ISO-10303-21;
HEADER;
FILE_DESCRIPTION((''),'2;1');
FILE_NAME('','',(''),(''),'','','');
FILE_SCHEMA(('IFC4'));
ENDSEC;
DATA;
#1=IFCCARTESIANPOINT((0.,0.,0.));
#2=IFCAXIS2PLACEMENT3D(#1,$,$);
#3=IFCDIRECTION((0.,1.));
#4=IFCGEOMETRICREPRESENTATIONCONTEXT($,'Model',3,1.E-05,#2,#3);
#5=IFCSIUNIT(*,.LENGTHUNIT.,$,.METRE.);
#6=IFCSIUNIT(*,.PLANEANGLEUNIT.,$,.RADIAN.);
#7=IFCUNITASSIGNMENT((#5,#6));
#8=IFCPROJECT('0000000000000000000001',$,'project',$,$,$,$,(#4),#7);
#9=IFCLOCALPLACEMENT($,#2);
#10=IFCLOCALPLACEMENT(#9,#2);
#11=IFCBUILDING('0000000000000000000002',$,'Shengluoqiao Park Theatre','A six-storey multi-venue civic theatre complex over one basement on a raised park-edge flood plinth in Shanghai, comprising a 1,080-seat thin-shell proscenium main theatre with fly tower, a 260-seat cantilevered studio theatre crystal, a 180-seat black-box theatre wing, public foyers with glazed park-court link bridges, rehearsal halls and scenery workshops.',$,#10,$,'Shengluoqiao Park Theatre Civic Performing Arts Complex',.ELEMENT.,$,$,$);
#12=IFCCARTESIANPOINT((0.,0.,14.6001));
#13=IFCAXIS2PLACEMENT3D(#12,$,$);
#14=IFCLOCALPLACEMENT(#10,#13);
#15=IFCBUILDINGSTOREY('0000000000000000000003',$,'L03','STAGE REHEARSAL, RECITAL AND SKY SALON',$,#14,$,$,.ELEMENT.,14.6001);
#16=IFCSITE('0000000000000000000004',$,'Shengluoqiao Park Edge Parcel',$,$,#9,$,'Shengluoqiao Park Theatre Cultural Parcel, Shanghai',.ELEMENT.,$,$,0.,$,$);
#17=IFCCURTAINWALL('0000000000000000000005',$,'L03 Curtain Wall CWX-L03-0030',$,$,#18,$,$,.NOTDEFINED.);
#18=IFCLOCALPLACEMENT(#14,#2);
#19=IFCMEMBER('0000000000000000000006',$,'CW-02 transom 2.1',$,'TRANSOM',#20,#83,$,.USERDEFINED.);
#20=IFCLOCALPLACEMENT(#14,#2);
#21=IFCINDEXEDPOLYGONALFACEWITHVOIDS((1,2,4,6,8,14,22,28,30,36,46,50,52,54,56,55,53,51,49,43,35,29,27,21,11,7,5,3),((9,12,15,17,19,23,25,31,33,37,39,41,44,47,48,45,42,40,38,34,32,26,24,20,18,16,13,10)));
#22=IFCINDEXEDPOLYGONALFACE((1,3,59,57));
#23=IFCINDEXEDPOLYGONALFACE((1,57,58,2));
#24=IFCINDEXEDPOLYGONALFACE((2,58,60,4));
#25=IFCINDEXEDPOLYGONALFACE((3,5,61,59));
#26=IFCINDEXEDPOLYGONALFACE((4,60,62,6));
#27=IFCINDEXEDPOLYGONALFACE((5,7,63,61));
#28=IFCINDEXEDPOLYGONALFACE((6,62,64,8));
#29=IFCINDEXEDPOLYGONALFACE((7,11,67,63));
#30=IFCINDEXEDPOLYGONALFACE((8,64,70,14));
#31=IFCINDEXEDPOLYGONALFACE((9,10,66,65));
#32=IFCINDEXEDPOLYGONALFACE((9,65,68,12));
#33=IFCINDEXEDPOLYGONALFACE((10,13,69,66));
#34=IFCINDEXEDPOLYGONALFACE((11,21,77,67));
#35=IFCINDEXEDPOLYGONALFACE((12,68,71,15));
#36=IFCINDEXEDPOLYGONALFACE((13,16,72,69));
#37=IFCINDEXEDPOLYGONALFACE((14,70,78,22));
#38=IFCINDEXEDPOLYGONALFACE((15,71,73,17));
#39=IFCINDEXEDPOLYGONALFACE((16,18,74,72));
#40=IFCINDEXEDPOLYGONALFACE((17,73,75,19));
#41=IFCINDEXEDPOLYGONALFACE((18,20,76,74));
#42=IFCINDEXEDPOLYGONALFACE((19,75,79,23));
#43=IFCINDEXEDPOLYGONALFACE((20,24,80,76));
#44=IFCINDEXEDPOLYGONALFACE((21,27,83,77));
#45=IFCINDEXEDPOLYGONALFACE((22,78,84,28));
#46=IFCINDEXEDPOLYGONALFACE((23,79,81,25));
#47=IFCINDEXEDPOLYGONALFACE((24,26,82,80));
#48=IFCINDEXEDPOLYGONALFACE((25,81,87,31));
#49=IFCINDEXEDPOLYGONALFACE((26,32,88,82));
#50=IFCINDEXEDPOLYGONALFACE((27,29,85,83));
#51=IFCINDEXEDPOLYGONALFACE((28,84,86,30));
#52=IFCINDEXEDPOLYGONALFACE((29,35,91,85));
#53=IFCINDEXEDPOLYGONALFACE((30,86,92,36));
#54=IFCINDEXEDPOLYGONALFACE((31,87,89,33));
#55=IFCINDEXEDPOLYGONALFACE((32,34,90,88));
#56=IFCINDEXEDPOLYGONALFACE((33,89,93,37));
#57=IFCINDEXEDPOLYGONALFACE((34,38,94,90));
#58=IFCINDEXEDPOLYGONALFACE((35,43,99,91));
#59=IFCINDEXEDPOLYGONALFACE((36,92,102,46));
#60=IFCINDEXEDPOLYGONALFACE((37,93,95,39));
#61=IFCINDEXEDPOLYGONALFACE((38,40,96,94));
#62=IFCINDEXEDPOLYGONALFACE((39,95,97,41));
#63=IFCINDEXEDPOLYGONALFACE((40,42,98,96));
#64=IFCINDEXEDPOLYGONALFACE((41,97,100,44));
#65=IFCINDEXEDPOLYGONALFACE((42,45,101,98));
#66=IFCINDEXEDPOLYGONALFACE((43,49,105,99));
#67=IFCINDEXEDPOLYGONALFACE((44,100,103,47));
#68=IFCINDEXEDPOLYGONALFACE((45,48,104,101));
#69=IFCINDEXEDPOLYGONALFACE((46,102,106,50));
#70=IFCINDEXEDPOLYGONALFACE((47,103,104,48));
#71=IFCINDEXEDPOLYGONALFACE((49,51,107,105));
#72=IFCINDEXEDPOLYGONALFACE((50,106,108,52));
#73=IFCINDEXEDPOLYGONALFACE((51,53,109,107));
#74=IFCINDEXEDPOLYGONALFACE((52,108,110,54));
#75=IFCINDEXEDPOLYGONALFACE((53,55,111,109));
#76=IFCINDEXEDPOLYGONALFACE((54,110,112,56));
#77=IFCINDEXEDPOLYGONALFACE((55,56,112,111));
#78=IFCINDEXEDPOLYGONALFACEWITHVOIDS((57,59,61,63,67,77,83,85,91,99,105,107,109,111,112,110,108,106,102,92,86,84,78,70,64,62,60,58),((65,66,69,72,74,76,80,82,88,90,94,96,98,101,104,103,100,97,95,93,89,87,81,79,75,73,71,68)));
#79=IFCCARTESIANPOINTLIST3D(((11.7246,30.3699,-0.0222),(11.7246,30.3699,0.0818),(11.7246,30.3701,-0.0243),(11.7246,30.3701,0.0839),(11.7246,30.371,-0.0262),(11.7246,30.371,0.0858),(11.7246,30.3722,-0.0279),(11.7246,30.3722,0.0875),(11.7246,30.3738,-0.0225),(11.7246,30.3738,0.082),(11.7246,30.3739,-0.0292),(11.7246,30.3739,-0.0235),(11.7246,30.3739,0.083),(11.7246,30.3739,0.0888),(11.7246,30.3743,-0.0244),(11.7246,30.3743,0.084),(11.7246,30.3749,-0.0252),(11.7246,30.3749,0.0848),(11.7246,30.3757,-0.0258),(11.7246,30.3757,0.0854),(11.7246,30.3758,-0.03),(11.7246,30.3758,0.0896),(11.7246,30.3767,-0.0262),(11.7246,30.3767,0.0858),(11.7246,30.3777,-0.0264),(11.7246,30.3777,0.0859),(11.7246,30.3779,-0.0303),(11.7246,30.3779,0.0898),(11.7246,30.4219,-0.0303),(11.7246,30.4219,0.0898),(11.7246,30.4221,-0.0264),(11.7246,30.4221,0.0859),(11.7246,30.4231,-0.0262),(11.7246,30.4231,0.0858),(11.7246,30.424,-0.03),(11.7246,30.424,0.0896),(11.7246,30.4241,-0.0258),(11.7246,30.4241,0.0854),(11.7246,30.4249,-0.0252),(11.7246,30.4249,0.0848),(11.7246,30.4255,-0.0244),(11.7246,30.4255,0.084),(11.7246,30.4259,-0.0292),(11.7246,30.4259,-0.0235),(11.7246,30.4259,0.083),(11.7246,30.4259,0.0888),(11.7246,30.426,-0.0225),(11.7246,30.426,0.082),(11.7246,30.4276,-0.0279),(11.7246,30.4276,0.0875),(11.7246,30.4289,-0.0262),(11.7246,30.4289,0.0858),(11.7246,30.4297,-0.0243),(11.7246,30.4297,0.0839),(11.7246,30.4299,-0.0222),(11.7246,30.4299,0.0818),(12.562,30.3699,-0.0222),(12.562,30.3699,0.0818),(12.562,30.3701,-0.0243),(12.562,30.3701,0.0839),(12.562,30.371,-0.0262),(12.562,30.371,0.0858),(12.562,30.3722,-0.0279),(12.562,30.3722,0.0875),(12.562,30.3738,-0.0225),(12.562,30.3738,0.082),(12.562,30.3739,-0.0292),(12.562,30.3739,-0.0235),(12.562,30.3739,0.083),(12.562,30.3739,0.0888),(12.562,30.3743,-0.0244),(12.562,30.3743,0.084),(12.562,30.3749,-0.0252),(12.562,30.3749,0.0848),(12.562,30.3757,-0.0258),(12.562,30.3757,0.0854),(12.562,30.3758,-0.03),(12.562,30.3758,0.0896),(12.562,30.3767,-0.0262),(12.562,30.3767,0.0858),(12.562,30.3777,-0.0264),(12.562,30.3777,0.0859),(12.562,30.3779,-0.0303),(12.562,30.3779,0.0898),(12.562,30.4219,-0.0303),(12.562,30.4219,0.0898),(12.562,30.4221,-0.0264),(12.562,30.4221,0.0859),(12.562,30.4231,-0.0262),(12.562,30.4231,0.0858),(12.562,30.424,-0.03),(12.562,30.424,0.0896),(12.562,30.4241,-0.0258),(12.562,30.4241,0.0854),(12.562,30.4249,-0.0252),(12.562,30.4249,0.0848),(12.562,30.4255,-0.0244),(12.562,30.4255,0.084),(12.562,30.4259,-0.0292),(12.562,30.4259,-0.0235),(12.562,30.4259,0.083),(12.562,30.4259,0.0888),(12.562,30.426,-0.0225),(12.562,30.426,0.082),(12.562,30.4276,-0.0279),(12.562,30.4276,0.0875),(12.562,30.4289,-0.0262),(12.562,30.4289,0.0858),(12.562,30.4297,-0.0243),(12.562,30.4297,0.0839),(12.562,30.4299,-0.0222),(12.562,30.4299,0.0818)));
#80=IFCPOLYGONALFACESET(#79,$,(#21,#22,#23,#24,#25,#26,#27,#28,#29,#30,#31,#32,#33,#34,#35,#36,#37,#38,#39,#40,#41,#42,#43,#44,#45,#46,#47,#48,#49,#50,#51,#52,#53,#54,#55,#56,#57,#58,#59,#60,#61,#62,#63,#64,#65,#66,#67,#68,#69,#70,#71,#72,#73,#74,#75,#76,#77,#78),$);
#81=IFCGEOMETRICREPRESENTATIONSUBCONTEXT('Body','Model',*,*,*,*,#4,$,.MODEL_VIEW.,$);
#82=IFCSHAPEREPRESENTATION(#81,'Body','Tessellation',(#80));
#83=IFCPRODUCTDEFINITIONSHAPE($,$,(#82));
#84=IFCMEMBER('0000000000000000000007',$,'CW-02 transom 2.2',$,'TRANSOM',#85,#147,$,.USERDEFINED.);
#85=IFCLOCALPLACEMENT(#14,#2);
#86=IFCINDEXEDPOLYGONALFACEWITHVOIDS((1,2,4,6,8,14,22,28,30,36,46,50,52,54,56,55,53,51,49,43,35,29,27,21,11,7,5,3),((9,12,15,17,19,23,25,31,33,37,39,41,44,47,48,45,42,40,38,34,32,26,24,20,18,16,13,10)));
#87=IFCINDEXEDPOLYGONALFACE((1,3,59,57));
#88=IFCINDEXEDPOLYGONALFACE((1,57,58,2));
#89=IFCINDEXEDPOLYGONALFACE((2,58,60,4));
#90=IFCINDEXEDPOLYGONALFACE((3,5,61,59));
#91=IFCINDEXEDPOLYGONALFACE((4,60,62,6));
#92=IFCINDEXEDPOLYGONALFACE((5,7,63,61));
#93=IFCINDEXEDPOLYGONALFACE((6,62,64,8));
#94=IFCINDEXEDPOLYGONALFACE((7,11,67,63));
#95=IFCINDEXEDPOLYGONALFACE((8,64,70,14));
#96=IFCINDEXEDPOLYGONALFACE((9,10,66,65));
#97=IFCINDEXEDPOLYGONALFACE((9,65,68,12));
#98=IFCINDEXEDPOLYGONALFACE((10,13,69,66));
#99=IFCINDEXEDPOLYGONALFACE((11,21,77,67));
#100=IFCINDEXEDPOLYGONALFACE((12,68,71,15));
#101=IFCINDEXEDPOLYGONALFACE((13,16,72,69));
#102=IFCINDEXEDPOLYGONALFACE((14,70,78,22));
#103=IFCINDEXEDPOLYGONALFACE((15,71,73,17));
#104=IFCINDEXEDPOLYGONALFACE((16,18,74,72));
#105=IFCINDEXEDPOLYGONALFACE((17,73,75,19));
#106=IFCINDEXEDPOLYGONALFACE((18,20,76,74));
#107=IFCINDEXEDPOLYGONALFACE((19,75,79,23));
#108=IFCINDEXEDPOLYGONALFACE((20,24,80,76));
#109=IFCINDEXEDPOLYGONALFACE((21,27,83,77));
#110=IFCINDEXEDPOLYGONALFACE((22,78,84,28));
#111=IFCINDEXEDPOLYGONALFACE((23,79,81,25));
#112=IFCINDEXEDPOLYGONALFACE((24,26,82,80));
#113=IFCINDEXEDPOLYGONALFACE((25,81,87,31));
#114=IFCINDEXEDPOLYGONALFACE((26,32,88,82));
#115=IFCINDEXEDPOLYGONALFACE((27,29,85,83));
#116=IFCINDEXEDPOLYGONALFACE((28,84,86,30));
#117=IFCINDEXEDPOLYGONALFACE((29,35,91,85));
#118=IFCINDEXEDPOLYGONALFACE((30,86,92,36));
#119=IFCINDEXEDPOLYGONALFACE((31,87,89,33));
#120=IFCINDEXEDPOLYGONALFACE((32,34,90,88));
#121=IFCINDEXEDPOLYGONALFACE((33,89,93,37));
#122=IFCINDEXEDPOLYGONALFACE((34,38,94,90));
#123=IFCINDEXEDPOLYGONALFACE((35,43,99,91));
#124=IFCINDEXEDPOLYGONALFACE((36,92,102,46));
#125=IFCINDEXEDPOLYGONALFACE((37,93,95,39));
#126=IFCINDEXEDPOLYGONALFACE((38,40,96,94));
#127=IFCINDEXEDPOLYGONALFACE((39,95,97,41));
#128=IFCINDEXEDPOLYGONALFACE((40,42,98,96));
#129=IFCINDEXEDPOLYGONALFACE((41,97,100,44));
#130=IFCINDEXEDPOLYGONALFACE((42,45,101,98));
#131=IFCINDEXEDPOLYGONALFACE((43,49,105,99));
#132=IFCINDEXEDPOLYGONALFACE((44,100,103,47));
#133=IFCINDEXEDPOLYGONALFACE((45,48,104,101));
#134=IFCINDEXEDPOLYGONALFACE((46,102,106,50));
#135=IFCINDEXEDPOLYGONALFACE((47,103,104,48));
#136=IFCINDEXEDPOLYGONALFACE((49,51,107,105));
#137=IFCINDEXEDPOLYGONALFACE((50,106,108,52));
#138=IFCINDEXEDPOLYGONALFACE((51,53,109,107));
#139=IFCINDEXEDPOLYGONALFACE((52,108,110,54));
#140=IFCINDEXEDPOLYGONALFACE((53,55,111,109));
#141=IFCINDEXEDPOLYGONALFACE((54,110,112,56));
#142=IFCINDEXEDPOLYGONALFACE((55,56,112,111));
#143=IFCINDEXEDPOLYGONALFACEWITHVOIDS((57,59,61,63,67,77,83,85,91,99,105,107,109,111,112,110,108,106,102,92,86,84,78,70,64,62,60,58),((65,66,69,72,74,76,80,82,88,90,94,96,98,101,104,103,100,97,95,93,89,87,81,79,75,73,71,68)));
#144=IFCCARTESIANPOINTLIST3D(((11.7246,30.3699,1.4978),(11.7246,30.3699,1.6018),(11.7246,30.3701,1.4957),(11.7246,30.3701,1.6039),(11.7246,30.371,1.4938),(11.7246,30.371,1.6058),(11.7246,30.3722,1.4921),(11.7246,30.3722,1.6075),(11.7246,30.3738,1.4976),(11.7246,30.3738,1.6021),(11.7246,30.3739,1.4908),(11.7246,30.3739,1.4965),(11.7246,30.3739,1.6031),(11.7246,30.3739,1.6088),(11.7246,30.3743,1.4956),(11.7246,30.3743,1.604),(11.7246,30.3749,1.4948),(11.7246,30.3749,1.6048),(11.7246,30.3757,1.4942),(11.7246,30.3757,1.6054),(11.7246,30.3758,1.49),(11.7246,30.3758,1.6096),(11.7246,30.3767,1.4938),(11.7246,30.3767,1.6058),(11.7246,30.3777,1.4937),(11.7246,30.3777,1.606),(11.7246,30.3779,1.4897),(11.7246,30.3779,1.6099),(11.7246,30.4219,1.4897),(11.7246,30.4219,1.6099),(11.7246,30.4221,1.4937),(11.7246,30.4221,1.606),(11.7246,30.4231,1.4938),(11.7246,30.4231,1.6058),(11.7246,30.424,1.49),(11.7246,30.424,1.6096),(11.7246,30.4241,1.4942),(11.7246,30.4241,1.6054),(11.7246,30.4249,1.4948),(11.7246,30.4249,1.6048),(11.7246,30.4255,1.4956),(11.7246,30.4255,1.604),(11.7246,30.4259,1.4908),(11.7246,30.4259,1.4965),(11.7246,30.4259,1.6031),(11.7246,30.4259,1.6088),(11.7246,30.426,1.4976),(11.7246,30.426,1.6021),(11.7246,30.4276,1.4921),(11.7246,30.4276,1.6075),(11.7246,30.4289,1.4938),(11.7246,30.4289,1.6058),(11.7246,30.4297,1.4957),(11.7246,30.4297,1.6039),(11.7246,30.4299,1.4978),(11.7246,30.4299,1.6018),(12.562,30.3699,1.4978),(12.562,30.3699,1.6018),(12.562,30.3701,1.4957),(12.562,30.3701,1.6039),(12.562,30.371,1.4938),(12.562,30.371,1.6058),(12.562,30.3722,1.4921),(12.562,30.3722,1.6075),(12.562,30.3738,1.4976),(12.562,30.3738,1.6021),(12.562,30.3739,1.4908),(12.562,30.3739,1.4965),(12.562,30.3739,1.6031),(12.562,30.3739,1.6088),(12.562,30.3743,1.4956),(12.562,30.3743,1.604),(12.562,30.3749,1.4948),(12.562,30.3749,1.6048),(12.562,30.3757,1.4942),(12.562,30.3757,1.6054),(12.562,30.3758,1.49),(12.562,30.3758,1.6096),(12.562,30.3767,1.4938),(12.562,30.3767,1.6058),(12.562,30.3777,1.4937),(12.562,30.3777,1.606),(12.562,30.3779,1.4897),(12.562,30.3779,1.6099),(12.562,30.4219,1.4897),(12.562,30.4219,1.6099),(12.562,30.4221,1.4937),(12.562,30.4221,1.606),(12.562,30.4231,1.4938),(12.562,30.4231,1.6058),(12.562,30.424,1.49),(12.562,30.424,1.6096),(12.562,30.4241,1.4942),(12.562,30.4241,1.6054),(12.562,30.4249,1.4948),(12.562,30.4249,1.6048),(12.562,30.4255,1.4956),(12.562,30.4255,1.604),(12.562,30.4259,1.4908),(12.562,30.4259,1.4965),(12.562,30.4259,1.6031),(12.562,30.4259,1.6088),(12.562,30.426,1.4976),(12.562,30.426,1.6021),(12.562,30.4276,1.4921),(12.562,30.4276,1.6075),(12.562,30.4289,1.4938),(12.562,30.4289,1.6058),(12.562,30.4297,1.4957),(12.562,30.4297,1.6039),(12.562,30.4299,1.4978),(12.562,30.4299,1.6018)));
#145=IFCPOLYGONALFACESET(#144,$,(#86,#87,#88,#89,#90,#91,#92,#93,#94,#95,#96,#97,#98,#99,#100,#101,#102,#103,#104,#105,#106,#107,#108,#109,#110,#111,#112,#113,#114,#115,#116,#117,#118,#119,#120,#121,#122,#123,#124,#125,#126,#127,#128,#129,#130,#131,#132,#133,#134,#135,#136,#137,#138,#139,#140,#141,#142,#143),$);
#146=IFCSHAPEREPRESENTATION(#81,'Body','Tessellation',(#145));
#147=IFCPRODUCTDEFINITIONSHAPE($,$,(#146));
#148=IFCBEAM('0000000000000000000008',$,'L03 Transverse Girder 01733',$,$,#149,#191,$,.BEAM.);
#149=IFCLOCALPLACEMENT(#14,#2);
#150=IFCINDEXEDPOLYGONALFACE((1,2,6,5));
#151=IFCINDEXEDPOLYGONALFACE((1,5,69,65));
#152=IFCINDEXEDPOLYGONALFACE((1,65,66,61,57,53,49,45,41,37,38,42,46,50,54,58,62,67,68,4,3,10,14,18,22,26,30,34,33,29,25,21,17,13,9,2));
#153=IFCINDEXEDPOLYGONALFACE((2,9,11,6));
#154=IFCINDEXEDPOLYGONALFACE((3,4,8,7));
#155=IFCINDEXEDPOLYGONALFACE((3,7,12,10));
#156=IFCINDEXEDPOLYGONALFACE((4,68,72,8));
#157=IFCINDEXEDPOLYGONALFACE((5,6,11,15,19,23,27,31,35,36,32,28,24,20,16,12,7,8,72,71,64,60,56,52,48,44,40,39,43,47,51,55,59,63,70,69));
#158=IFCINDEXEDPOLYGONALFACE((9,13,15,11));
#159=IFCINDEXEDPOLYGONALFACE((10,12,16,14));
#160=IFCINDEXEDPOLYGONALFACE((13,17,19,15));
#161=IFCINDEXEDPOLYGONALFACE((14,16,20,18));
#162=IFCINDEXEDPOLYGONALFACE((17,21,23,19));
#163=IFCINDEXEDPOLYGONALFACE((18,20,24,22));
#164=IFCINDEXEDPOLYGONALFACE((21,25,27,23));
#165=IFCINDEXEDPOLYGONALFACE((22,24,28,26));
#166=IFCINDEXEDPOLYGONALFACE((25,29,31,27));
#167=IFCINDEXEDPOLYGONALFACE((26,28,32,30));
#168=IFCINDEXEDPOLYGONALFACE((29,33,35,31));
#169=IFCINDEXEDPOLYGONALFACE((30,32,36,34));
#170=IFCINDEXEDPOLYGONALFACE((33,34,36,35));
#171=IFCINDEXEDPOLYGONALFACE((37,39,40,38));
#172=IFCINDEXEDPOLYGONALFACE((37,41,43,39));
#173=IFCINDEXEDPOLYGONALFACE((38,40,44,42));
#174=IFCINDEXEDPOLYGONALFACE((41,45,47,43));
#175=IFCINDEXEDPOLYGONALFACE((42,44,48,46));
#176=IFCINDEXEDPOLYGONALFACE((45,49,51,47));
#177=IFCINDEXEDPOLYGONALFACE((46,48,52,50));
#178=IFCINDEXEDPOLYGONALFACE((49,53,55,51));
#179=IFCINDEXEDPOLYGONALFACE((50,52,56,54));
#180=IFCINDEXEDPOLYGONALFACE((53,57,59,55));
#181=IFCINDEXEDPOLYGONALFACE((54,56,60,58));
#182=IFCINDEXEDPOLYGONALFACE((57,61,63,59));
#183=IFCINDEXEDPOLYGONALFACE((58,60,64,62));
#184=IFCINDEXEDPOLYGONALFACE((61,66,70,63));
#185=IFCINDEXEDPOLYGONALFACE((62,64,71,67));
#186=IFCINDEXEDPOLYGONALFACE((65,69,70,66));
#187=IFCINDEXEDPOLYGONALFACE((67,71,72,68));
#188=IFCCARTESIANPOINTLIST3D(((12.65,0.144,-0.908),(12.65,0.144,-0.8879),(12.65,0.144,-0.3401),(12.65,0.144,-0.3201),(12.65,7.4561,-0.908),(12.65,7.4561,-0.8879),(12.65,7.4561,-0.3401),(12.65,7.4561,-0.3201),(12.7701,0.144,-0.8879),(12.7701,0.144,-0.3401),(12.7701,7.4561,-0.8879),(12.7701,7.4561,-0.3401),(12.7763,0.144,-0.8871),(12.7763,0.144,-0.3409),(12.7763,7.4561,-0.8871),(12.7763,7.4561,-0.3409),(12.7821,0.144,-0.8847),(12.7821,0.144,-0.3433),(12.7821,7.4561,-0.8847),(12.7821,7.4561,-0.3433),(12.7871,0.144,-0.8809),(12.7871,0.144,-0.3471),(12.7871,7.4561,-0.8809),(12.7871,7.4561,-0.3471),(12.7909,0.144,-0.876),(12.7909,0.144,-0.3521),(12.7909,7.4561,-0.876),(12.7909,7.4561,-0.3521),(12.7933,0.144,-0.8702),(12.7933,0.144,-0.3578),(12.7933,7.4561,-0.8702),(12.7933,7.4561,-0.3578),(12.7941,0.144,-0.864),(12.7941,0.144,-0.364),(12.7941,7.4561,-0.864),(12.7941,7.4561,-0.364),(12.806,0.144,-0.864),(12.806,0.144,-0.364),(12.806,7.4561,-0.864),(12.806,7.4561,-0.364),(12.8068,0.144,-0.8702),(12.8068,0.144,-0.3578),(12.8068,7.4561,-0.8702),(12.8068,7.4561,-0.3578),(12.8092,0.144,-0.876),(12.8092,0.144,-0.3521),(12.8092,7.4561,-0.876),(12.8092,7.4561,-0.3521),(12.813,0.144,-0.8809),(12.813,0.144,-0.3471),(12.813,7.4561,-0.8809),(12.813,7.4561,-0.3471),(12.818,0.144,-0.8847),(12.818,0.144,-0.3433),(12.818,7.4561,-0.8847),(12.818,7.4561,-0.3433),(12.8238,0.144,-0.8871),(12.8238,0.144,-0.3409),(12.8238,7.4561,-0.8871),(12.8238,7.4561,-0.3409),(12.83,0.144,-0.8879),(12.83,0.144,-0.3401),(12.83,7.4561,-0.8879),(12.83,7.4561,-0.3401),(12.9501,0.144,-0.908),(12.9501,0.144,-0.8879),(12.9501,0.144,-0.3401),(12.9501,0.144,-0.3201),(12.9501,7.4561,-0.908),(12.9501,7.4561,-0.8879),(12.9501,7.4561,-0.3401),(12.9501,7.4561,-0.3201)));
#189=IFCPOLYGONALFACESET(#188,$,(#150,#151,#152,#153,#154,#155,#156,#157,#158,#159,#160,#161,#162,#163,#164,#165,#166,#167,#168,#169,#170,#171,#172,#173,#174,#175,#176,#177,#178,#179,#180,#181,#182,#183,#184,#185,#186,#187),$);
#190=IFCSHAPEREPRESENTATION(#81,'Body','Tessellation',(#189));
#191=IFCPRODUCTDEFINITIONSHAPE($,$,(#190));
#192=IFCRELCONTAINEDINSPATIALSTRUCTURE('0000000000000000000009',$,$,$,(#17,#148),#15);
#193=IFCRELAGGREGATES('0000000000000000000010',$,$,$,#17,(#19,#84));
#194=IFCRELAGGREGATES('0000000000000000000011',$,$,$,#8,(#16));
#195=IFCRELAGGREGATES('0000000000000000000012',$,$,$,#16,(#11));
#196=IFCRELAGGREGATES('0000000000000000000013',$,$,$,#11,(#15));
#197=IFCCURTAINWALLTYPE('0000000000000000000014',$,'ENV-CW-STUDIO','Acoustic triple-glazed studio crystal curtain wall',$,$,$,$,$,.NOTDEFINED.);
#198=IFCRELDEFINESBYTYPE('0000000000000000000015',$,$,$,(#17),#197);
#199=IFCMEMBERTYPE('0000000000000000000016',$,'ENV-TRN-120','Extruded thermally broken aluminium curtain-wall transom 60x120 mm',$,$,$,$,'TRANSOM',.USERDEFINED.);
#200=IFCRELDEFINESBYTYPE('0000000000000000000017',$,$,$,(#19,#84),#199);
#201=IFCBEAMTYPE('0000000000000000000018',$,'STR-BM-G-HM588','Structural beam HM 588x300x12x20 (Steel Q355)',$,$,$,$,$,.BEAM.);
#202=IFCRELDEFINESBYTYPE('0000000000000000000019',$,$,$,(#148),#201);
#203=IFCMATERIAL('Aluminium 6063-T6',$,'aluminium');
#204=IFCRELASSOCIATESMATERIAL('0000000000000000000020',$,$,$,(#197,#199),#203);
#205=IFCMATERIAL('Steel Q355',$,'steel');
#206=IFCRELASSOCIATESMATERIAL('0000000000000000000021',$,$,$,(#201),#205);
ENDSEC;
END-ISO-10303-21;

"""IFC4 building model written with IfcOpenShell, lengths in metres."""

from ifc_helpers import new_model, si_unit, direction, frame, origin, origin_2d, place, context, subcontext, project, spatial, hollow_rectangle, i_section, extrude, material, material_profile, profile_set, type_object, element, aggregate, save


model = new_model("IFC4")

# Units and contexts
model_context = context("Model", 3, precision=1e-05, world=origin(), true_north=direction((0.0, 1.0)))
body_context = subcontext(model_context, "Body", "Model", "MODEL_VIEW")
ifc_project = project(units=[si_unit("LENGTHUNIT", "METRE"), si_unit("PLANEANGLEUNIT", "RADIAN")], contexts=[model_context])

# Site, building, storey
site_placement = place(None, origin())
site = spatial("IfcSite", under=ifc_project, at=site_placement, Name="Shengluoqiao Park Edge Parcel", LongName="Shengluoqiao Park Theatre Cultural Parcel, Shanghai", CompositionType="ELEMENT", RefElevation=0.0)
building_placement = place(site_placement, origin())
building = spatial("IfcBuilding", under=site, at=building_placement, Name="Shengluoqiao Park Theatre", Description="A six-storey multi-venue civic theatre complex over one basement on a raised park-edge flood plinth in Shanghai, comprising a 1,080-seat thin-shell proscenium main theatre with fly tower, a 260-seat cantilevered studio theatre crystal, a 180-seat black-box theatre wing, public foyers with glazed park-court link bridges, rehearsal halls and scenery workshops.", LongName="Shengluoqiao Park Theatre Civic Performing Arts Complex", CompositionType="ELEMENT")
storey_placement = place(building_placement, frame((0.0, 0.0, 14.6001)))
storey = spatial("IfcBuildingStorey", under=building, at=storey_placement, Name="L03", Description="STAGE REHEARSAL, RECITAL AND SKY SALON", CompositionType="ELEMENT", Elevation=14.6001)

# Shared definitions
ifc_material_1 = material(Name="Steel Q355", Category="steel")

# Curtain wall, members
ifc_material_2 = material(Name="Aluminium 6063-T6", Category="aluminium")
curtain_wall_type = type_object("IfcCurtainWallType", Name="ENV-CW-STUDIO", Description="Acoustic triple-glazed studio crystal curtain wall", PredefinedType="NOTDEFINED", material=ifc_material_2)
curtain_wall_placement = place(storey_placement, origin())
curtain_wall = element("IfcCurtainWall", 1, at=curtain_wall_placement, inside=storey, type_object=curtain_wall_type, Name="L03 Curtain Wall CWX-L03-0030", PredefinedType="NOTDEFINED")
ifc_material_profile_1 = material_profile(ifc_material_2, hollow_rectangle(XDim=0.0601, YDim=0.1201, WallThickness=0.0039, InnerFilletRadius=0.0039, OuterFilletRadius=0.0081, at=origin_2d()), Name="ALU TRANSOM 120x60x4")
ifc_profile_set_1 = profile_set([ifc_material_profile_1], Name="Aluminium 6063-T6")
member_type_1 = type_object("IfcMemberType", Name="ENV-TRN-120", Description="Extruded thermally broken aluminium curtain-wall transom 60x120 mm", ElementType="TRANSOM", PredefinedType="USERDEFINED", material=ifc_profile_set_1)
member_1_placement = place(storey_placement, frame((11.7246, 30.3999, 0.0298), z_axis=(1.0, 0.0, 0.0), x_axis=(0.0, 1.0, 0.0)))
member_1 = element("IfcMember", 2, at=member_1_placement, type_object=member_type_1, Name="CW-02 transom 2.1", ObjectType="TRANSOM", PredefinedType="USERDEFINED", context=body_context, shape_type="SweptSolid", body=[
    extrude(hollow_rectangle(XDim=0.0601, YDim=0.1201, WallThickness=0.0039, InnerFilletRadius=0.0039, OuterFilletRadius=0.0081, at=origin_2d()), origin(), (0.0, 0.0, 1.0), 0.8374),
])
member_2_placement = place(storey_placement, frame((11.7246, 30.3999, 1.5498), z_axis=(1.0, 0.0, 0.0), x_axis=(0.0, 1.0, 0.0)))
member_2 = element("IfcMember", 3, at=member_2_placement, type_object=member_type_1, Name="CW-02 transom 2.2", ObjectType="TRANSOM", PredefinedType="USERDEFINED", context=body_context, shape_type="SweptSolid", body=[
    extrude(hollow_rectangle(XDim=0.0601, YDim=0.1201, WallThickness=0.0039, InnerFilletRadius=0.0039, OuterFilletRadius=0.0081, at=origin_2d()), origin(), (0.0, 0.0, 1.0), 0.8374),
])

# Beam
ifc_material_profile_2 = material_profile(ifc_material_1, i_section(OverallWidth=0.3, OverallDepth=0.5879, WebThickness=0.012, FlangeThickness=0.02, FilletRadius=0.0239, at=origin_2d()), Name="HM 588x300x12x20")
ifc_profile_set_2 = profile_set([ifc_material_profile_2], Name="Steel Q355")
beam_type_1 = type_object("IfcBeamType", Name="STR-BM-G-HM588", Description="Structural beam HM 588x300x12x20 (Steel Q355)", PredefinedType="BEAM", material=ifc_profile_set_2)
for number, where, z_axis, x_axis, name in (
    (4, (12.8, 0.144, -0.614), (0.0, 1.0, 0.0), (-1.0, 0.0, 0.0), "L03 Transverse Girder 01733"),
):
    element("IfcBeam", number, at=place(storey_placement, frame(where, z_axis=z_axis, x_axis=x_axis)), inside=storey, type_object=beam_type_1, Name=name, PredefinedType="BEAM", context=body_context, shape_type="SweptSolid", body=[
        extrude(i_section(OverallWidth=0.3, OverallDepth=0.5879, WebThickness=0.012, FlangeThickness=0.02, FilletRadius=0.0239, at=origin_2d()), origin(), (0.0, 0.0, 1.0), 7.312),
    ])

aggregate(curtain_wall, [member_1, member_2])

save(model, "model.ifc")
